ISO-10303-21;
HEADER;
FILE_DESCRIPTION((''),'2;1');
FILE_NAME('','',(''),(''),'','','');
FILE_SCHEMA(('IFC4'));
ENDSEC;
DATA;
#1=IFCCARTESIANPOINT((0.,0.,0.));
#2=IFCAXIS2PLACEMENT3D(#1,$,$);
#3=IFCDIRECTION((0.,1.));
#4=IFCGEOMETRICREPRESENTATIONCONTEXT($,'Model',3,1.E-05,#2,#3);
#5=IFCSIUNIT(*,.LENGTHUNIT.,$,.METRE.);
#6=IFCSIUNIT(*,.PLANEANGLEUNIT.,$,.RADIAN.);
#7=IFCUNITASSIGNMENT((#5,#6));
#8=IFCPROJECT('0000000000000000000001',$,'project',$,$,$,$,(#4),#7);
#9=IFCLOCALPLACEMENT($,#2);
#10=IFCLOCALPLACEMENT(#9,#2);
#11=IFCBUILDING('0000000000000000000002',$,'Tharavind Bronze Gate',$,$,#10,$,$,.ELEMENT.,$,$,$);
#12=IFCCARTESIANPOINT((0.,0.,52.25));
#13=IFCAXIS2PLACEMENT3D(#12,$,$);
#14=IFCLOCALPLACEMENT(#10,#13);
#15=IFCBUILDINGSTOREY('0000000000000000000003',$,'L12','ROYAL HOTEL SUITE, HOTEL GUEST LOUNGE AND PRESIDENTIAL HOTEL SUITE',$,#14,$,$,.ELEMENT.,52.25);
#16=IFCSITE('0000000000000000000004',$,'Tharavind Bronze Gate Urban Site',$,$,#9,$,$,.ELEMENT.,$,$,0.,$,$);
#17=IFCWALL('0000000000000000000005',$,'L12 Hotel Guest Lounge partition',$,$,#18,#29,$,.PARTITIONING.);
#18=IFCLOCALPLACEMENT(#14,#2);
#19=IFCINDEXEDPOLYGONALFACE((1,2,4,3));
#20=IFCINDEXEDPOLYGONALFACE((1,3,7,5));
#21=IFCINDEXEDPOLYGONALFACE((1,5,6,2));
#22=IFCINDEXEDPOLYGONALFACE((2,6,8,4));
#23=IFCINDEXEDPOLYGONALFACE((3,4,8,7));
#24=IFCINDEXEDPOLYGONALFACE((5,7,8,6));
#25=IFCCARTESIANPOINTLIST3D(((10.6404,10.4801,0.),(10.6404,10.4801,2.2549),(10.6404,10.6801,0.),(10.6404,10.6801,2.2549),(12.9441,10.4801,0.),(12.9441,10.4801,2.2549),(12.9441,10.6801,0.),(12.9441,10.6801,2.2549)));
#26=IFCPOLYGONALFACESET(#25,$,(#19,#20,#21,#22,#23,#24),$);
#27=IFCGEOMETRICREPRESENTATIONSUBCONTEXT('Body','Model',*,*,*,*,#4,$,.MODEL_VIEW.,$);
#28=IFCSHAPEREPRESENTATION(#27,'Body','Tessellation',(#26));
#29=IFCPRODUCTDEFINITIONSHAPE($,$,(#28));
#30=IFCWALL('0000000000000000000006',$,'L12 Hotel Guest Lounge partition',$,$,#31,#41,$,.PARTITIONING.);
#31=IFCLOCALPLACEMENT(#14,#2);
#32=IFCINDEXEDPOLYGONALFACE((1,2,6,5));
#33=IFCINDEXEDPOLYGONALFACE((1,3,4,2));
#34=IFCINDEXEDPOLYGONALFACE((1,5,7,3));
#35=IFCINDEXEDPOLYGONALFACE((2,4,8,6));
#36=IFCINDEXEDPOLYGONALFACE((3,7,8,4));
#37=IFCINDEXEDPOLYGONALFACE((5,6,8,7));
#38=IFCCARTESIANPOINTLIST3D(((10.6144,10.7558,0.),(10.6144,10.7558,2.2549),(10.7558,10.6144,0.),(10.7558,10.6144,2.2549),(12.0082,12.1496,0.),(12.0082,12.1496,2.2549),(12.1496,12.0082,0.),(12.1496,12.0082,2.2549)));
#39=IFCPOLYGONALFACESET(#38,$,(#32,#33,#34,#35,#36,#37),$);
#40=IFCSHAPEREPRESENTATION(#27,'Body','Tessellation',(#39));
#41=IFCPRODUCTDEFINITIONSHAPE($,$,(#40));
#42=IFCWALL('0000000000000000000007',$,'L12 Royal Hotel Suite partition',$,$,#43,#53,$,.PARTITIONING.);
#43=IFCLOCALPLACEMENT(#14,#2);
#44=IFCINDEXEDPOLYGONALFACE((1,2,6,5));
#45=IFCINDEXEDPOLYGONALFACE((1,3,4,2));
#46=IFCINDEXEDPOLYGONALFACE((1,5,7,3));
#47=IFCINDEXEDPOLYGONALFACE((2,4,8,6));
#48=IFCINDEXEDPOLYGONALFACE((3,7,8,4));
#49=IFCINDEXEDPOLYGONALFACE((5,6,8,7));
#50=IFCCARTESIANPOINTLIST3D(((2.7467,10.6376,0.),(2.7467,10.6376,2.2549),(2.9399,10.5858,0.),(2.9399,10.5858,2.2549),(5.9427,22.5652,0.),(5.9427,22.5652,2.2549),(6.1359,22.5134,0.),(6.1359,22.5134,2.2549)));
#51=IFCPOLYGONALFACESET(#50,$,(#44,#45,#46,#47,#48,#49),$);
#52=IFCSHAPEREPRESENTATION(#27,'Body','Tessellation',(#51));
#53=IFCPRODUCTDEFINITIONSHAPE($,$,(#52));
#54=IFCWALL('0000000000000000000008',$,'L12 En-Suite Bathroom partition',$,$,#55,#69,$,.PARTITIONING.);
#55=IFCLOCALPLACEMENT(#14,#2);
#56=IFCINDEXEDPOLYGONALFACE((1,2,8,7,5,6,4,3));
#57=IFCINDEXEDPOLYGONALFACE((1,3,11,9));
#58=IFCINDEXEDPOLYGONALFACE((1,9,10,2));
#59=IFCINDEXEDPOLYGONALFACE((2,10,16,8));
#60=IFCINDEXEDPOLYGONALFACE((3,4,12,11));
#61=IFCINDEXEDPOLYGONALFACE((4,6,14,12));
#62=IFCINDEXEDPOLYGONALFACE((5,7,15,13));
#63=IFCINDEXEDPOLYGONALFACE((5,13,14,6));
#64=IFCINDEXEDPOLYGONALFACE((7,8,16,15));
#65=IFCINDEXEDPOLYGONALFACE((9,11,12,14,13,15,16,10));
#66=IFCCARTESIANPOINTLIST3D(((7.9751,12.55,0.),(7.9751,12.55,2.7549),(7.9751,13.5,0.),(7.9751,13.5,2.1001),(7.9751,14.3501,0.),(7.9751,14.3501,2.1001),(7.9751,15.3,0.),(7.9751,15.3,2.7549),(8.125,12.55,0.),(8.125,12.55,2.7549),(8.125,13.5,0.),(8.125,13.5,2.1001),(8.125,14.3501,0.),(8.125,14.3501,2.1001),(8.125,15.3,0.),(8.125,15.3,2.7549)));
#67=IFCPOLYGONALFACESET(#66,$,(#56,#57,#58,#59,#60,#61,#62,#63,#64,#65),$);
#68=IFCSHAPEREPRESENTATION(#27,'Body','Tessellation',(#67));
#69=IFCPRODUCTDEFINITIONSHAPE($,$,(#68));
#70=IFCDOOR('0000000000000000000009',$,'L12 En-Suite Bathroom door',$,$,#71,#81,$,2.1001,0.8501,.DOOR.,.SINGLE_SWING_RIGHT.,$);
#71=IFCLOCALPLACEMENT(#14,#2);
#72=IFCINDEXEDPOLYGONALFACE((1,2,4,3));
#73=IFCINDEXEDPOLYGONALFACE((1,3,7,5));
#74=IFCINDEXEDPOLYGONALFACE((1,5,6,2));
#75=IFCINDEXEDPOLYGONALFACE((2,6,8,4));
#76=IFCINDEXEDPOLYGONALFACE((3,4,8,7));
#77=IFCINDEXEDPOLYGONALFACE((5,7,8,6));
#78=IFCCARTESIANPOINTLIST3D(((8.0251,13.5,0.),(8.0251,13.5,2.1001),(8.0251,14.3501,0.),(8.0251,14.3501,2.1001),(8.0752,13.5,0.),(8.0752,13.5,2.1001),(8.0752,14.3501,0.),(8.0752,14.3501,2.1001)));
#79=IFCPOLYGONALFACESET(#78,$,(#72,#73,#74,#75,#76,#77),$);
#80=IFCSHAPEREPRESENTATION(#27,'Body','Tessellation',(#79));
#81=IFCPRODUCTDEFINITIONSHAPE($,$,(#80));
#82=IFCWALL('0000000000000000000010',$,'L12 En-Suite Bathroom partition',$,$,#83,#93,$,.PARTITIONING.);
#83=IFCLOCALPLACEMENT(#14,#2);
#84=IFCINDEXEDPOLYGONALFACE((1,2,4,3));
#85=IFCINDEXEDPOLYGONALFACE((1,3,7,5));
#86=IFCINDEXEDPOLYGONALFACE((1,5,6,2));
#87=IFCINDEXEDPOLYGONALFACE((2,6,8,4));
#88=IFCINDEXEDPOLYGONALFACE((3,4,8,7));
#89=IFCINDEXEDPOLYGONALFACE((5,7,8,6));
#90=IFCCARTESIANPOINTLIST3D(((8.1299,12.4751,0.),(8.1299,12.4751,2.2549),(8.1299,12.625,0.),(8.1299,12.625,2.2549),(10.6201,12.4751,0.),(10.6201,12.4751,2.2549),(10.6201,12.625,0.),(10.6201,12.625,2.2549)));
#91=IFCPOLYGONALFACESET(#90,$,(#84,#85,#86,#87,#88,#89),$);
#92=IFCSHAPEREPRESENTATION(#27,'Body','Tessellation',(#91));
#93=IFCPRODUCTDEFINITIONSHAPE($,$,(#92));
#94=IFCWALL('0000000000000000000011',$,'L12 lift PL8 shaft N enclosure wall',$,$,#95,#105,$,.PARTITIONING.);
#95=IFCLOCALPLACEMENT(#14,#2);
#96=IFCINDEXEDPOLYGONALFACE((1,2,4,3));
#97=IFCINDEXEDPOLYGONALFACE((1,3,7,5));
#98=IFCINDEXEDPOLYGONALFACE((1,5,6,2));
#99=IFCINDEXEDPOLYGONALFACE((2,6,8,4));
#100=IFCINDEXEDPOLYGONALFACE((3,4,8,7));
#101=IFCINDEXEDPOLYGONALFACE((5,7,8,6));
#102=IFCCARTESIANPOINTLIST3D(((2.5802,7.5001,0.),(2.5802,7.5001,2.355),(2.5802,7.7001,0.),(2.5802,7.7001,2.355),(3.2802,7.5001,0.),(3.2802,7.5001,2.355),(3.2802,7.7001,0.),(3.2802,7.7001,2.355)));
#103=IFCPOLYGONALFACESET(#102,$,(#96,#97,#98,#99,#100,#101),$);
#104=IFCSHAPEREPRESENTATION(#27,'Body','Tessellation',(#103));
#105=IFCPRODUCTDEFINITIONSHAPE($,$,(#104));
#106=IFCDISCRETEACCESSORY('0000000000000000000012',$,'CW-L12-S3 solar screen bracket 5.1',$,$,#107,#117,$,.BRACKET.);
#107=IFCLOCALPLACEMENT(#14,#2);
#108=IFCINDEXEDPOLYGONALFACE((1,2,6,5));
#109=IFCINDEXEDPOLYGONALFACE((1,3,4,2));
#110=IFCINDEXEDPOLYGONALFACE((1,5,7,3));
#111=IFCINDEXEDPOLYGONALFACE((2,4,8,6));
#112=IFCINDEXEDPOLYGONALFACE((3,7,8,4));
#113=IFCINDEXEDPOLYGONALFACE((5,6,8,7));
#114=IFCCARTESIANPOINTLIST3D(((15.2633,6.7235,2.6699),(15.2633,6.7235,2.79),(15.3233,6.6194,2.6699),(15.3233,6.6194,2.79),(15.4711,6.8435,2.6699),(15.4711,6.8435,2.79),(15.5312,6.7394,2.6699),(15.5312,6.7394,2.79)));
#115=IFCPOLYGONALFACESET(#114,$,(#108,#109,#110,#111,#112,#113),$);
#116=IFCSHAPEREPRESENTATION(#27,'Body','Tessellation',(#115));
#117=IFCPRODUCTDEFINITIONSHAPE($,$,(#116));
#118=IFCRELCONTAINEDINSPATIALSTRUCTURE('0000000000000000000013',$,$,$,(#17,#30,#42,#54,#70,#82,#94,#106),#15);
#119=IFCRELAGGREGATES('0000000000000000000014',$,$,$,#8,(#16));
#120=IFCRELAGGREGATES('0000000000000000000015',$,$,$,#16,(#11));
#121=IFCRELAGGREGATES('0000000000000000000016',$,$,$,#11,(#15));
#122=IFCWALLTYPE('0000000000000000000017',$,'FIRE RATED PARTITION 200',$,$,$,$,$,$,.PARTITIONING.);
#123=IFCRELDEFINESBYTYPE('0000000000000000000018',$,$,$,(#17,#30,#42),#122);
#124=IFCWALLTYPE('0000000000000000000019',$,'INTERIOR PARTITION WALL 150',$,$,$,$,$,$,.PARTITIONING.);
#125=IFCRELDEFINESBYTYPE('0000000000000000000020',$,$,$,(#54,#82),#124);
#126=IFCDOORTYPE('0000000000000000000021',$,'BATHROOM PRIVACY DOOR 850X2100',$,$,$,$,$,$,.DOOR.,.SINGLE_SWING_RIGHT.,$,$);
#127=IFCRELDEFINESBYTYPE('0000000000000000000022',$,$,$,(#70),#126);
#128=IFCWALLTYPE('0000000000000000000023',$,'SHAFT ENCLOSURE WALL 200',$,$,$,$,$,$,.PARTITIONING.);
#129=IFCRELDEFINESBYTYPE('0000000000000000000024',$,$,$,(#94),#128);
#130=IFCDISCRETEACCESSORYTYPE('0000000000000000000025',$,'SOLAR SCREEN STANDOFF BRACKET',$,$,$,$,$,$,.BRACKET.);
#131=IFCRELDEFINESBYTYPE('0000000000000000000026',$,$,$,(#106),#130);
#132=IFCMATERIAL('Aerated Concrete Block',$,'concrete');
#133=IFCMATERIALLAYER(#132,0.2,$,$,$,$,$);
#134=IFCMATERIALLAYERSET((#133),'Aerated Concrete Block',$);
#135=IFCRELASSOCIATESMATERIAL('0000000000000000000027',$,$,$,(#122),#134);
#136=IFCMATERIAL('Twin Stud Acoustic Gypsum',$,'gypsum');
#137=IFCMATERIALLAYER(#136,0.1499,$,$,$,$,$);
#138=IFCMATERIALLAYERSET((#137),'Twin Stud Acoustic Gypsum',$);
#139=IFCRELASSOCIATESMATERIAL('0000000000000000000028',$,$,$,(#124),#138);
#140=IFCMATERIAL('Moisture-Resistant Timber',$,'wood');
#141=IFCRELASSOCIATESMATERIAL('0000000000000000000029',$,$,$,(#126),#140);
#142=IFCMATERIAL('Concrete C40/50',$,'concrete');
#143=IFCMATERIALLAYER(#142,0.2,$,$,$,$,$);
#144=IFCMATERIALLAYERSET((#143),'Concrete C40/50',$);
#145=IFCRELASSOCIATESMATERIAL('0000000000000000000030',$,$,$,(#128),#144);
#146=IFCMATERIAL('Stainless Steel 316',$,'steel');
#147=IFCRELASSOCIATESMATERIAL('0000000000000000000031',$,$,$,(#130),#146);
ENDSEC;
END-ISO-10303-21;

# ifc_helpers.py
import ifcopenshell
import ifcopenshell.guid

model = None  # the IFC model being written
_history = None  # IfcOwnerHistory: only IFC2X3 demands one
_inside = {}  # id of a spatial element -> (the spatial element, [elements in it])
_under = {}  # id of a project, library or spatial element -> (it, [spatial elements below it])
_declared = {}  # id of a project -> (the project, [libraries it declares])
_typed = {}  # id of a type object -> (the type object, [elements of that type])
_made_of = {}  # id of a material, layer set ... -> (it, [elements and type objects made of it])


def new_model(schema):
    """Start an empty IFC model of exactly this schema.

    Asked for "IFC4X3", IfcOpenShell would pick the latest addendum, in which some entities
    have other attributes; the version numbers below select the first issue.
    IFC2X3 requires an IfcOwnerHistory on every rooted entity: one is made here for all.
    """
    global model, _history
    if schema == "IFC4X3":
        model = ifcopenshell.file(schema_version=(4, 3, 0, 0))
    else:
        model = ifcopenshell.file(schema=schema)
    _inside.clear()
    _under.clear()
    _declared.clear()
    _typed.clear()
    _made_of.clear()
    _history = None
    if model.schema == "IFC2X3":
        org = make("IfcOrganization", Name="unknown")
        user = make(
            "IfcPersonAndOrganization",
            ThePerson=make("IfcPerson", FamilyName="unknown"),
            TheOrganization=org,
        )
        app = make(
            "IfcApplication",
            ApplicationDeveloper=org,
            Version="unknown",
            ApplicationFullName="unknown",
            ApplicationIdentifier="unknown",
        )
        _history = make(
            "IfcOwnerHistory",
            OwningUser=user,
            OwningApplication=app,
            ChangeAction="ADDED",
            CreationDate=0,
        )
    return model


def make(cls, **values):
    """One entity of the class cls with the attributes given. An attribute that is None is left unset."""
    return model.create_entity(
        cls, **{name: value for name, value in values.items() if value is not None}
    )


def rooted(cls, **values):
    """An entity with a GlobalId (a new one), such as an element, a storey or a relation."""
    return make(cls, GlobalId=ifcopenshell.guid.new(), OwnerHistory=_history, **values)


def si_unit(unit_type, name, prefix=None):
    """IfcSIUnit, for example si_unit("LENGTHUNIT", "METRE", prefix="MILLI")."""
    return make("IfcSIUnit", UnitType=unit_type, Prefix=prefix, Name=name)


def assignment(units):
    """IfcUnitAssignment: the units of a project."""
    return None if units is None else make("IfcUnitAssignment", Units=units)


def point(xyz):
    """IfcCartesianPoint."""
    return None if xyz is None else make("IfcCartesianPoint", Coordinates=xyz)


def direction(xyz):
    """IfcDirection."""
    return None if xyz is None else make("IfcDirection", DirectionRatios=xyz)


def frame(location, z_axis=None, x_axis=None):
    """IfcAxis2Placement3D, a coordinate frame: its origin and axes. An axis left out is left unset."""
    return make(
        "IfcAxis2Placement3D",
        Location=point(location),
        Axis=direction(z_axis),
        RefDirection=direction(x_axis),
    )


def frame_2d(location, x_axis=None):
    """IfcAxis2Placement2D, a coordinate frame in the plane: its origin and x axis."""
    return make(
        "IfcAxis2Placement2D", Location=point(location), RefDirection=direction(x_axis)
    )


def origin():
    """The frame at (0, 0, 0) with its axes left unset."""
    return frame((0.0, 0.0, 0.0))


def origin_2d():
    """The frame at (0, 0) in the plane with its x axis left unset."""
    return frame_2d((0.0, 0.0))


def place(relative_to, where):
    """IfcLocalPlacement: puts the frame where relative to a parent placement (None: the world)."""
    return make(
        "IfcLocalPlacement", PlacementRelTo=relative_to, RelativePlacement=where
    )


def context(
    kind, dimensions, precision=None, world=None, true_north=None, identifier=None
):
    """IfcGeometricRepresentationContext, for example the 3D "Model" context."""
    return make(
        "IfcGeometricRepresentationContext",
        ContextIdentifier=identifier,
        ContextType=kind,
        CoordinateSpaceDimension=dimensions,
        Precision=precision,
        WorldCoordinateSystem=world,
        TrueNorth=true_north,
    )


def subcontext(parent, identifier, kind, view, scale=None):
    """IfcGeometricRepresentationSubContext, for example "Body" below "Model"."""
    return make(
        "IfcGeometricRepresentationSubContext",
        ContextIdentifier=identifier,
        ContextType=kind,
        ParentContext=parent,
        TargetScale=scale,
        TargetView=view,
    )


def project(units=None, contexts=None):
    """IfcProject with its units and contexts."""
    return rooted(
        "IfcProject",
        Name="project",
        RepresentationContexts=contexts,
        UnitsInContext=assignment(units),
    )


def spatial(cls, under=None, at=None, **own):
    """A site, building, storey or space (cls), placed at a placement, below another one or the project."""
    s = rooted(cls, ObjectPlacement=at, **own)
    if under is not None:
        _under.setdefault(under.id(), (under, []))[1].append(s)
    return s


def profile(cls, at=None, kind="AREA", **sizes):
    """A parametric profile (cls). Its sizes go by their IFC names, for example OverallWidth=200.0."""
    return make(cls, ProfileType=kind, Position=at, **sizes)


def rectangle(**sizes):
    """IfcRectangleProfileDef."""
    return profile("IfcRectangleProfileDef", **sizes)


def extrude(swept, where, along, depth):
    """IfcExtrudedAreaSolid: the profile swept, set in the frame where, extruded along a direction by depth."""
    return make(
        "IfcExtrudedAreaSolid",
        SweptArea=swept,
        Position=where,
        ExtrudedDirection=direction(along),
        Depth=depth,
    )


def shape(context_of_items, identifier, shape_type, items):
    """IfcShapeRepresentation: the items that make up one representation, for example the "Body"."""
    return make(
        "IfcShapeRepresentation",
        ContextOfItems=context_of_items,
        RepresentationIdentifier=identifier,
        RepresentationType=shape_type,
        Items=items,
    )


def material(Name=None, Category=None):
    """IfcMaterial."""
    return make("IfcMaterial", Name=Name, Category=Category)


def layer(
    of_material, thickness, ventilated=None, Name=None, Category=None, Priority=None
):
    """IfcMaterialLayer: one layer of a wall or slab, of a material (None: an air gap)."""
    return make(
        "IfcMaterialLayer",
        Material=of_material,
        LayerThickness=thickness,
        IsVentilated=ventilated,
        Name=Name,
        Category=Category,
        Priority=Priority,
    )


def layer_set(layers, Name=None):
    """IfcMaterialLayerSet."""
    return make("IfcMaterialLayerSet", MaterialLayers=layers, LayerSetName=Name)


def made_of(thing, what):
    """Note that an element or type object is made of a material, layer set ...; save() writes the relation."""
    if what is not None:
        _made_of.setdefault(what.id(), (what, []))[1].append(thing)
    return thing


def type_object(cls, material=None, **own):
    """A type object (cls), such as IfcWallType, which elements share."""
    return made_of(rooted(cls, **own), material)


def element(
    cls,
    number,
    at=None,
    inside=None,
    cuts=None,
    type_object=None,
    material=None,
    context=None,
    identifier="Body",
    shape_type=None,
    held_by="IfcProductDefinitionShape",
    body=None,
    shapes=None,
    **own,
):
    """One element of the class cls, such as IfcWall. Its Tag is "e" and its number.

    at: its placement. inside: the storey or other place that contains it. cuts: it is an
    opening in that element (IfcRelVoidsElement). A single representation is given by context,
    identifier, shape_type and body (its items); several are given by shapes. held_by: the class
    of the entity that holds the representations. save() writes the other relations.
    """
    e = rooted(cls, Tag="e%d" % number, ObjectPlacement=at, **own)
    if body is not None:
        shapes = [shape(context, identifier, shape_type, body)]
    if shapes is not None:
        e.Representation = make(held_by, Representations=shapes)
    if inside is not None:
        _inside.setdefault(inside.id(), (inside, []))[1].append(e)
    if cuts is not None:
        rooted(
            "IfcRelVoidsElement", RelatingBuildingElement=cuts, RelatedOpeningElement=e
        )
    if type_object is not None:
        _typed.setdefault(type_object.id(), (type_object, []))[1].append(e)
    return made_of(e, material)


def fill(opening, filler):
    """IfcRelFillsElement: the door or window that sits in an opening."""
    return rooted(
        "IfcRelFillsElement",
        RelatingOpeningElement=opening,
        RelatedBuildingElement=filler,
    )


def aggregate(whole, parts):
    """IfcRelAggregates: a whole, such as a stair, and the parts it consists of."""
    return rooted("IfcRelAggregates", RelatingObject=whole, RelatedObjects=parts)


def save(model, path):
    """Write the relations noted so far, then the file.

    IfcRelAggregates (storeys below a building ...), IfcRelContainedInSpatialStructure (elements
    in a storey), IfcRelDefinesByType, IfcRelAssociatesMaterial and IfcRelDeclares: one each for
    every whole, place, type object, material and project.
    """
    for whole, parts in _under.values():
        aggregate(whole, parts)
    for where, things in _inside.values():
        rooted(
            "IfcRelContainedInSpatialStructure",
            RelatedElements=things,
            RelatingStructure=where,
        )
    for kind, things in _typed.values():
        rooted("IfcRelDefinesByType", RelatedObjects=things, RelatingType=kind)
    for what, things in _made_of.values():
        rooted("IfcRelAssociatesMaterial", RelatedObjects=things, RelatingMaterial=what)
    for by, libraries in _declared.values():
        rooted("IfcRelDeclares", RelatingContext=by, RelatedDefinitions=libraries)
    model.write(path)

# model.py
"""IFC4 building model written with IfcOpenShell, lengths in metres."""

from ifc_helpers import new_model, si_unit, direction, frame, frame_2d, origin, origin_2d, place, context, subcontext, project, spatial, rectangle, extrude, material, layer, layer_set, type_object, element, fill, save


model = new_model("IFC4")

# Units and contexts
model_context = context("Model", 3, precision=1e-05, world=origin(), true_north=direction((0.0, 1.0)))
body_context = subcontext(model_context, "Body", "Model", "MODEL_VIEW")
ifc_project = project(units=[si_unit("LENGTHUNIT", "METRE"), si_unit("PLANEANGLEUNIT", "RADIAN")], contexts=[model_context])

# Site, building, storey
site_placement = place(None, origin())
site = spatial("IfcSite", under=ifc_project, at=site_placement, Name="Tharavind Bronze Gate Urban Site", CompositionType="ELEMENT", RefElevation=0.0)
building_placement = place(site_placement, origin())
building = spatial("IfcBuilding", under=site, at=building_placement, Name="Tharavind Bronze Gate", CompositionType="ELEMENT")
storey_placement = place(building_placement, frame((0.0, 0.0, 52.25)))
storey = spatial("IfcBuildingStorey", under=building, at=storey_placement, Name="L12", Description="ROYAL HOTEL SUITE, HOTEL GUEST LOUNGE AND PRESIDENTIAL HOTEL SUITE", CompositionType="ELEMENT", Elevation=52.25)

# Shared definitions
ifc_material_1 = material(Name="Aerated Concrete Block", Category="concrete")
ifc_layer_1 = layer(ifc_material_1, 0.2)
ifc_layer_set_1 = layer_set([ifc_layer_1], Name="Aerated Concrete Block")
wall_type_1 = type_object("IfcWallType", Name="FIRE RATED PARTITION 200", PredefinedType="PARTITIONING", material=ifc_layer_set_1)

# Walls
wall_1_placement = place(storey_placement, frame((12.9441, 10.5801, 0.0), z_axis=(0.0, 0.0, 1.0), x_axis=(-1.0, 0.0, 0.0)))
element("IfcWall", 1, at=wall_1_placement, inside=storey, type_object=wall_type_1, Name="L12 Hotel Guest Lounge partition", PredefinedType="PARTITIONING", context=body_context, shape_type="SweptSolid", body=[
    extrude(rectangle(XDim=2.3037, YDim=0.2, at=frame_2d((1.1519, 0.0))), origin(), (0.0, 0.0, 1.0), 2.2549),
])
wall_2_placement = place(storey_placement, frame((10.6851, 10.6851, 0.0), z_axis=(0.0, 0.0, 1.0), x_axis=(0.707107, 0.707107, 0.0)))
element("IfcWall", 2, at=wall_2_placement, inside=storey, type_object=wall_type_1, Name="L12 Hotel Guest Lounge partition", PredefinedType="PARTITIONING", context=body_context, shape_type="SweptSolid", body=[
    extrude(rectangle(XDim=1.9712, YDim=0.2, at=frame_2d((0.9856, 0.0))), origin(), (0.0, 0.0, 1.0), 2.2549),
])

# Wall
wall_3_placement = place(storey_placement, frame((2.8433, 10.6116, 0.0), z_axis=(0.0, 0.0, 1.0), x_axis=(0.25882, 0.965925, 0.0)))
element("IfcWall", 3, at=wall_3_placement, inside=storey, type_object=wall_type_1, Name="L12 Royal Hotel Suite partition", PredefinedType="PARTITIONING", context=body_context, shape_type="SweptSolid", body=[
    extrude(rectangle(XDim=12.3484, YDim=0.2, at=frame_2d((6.1743, 0.0))), origin(), (0.0, 0.0, 1.0), 2.2549),
])

# Wall, opening, door
ifc_material_2 = material(Name="Twin Stud Acoustic Gypsum", Category="gypsum")
ifc_layer_2 = layer(ifc_material_2, 0.1499)
ifc_layer_set_2 = layer_set([ifc_layer_2], Name="Twin Stud Acoustic Gypsum")
wall_type_2 = type_object("IfcWallType", Name="INTERIOR PARTITION WALL 150", PredefinedType="PARTITIONING", material=ifc_layer_set_2)
wall_4_placement = place(storey_placement, frame((8.05, 12.55, 0.0), z_axis=(0.0, 0.0, 1.0), x_axis=(0.0, 1.0, 0.0)))
wall_4 = element("IfcWall", 4, at=wall_4_placement, inside=storey, type_object=wall_type_2, Name="L12 En-Suite Bathroom partition", PredefinedType="PARTITIONING", context=body_context, shape_type="SweptSolid", body=[
    extrude(rectangle(XDim=2.75, YDim=0.1499, at=frame_2d((1.375, 0.0))), origin(), (0.0, 0.0, 1.0), 2.7549),
])
opening_1_placement = place(wall_4_placement, frame((0.95, 0.0, 0.0)))
opening_1 = element("IfcOpeningElement", 5, at=opening_1_placement, cuts=wall_4, PredefinedType="OPENING", context=body_context, shape_type="SweptSolid", body=[
    extrude(rectangle(XDim=0.8501, YDim=2.1001, at=frame_2d((0.425, 1.05))), frame((0.0, 0.085, 0.0), z_axis=(0.0, -1.0, 0.0), x_axis=(1.0, 0.0, 0.0)), (0.0, 0.0, 1.0), 0.1699),
])
ifc_material_3 = material(Name="Moisture-Resistant Timber", Category="wood")
door_type_1 = type_object("IfcDoorType", Name="BATHROOM PRIVACY DOOR 850X2100", OperationType="SINGLE_SWING_RIGHT", PredefinedType="DOOR", material=ifc_material_3)
door_1_placement = place(opening_1_placement, origin())
door_1 = element("IfcDoor", 6, at=door_1_placement, inside=storey, type_object=door_type_1, Name="L12 En-Suite Bathroom door", OperationType="SINGLE_SWING_RIGHT", OverallHeight=2.1001, OverallWidth=0.8501, PredefinedType="DOOR", context=body_context, shape_type="SweptSolid", body=[
    extrude(rectangle(XDim=0.8501, YDim=2.1001, at=frame_2d((0.425, 1.05))), frame((0.0, 0.0249, 0.0), z_axis=(0.0, -1.0, 0.0), x_axis=(1.0, 0.0, 0.0)), (0.0, 0.0, 1.0), 0.05),
])
fill(opening_1, door_1)

# Walls
wall_5_placement = place(storey_placement, frame((10.6201, 12.55, 0.0), z_axis=(0.0, 0.0, 1.0), x_axis=(-1.0, 0.0, 0.0)))
element("IfcWall", 7, at=wall_5_placement, inside=storey, type_object=wall_type_2, Name="L12 En-Suite Bathroom partition", PredefinedType="PARTITIONING", context=body_context, shape_type="SweptSolid", body=[
    extrude(rectangle(XDim=2.4902, YDim=0.1499, at=frame_2d((1.2451, 0.0))), origin(), (0.0, 0.0, 1.0), 2.2549),
])
ifc_material_4 = material(Name="Concrete C40/50", Category="concrete")
ifc_layer_3 = layer(ifc_material_4, 0.2)
ifc_layer_set_3 = layer_set([ifc_layer_3], Name="Concrete C40/50")
wall_type_3 = type_object("IfcWallType", Name="SHAFT ENCLOSURE WALL 200", PredefinedType="PARTITIONING", material=ifc_layer_set_3)
wall_6_placement = place(storey_placement, frame((2.5801, 7.6001, 0.0), z_axis=(0.0, 0.0, 1.0), x_axis=(1.0, 0.0, 0.0)))
element("IfcWall", 8, at=wall_6_placement, inside=storey, type_object=wall_type_3, Name="L12 lift PL8 shaft N enclosure wall", PredefinedType="PARTITIONING", context=body_context, shape_type="SweptSolid", body=[
    extrude(rectangle(XDim=0.7, YDim=0.2, at=frame_2d((0.3501, 0.0))), origin(), (0.0, 0.0, 1.0), 2.355),
])

# Discrete accessory
ifc_material_5 = material(Name="Stainless Steel 316", Category="steel")
discrete_accessory_type = type_object("IfcDiscreteAccessoryType", Name="SOLAR SCREEN STANDOFF BRACKET", PredefinedType="BRACKET", material=ifc_material_5)
discrete_accessory_placement = place(storey_placement, frame((15.3972, 6.7314, 2.6699), z_axis=(0.0, 0.0, 1.0), x_axis=(-0.500002, 0.866025, 0.0)))
element("IfcDiscreteAccessory", 9, at=discrete_accessory_placement, inside=storey, type_object=discrete_accessory_type, Name="CW-L12-S3 solar screen bracket 5.1", PredefinedType="BRACKET", context=body_context, shape_type="SweptSolid", body=[
    extrude(rectangle(XDim=0.1201, YDim=0.24, at=origin_2d()), origin(), (0.0, 0.0, 1.0), 0.1201),
])

save(model, "model.ifc")
